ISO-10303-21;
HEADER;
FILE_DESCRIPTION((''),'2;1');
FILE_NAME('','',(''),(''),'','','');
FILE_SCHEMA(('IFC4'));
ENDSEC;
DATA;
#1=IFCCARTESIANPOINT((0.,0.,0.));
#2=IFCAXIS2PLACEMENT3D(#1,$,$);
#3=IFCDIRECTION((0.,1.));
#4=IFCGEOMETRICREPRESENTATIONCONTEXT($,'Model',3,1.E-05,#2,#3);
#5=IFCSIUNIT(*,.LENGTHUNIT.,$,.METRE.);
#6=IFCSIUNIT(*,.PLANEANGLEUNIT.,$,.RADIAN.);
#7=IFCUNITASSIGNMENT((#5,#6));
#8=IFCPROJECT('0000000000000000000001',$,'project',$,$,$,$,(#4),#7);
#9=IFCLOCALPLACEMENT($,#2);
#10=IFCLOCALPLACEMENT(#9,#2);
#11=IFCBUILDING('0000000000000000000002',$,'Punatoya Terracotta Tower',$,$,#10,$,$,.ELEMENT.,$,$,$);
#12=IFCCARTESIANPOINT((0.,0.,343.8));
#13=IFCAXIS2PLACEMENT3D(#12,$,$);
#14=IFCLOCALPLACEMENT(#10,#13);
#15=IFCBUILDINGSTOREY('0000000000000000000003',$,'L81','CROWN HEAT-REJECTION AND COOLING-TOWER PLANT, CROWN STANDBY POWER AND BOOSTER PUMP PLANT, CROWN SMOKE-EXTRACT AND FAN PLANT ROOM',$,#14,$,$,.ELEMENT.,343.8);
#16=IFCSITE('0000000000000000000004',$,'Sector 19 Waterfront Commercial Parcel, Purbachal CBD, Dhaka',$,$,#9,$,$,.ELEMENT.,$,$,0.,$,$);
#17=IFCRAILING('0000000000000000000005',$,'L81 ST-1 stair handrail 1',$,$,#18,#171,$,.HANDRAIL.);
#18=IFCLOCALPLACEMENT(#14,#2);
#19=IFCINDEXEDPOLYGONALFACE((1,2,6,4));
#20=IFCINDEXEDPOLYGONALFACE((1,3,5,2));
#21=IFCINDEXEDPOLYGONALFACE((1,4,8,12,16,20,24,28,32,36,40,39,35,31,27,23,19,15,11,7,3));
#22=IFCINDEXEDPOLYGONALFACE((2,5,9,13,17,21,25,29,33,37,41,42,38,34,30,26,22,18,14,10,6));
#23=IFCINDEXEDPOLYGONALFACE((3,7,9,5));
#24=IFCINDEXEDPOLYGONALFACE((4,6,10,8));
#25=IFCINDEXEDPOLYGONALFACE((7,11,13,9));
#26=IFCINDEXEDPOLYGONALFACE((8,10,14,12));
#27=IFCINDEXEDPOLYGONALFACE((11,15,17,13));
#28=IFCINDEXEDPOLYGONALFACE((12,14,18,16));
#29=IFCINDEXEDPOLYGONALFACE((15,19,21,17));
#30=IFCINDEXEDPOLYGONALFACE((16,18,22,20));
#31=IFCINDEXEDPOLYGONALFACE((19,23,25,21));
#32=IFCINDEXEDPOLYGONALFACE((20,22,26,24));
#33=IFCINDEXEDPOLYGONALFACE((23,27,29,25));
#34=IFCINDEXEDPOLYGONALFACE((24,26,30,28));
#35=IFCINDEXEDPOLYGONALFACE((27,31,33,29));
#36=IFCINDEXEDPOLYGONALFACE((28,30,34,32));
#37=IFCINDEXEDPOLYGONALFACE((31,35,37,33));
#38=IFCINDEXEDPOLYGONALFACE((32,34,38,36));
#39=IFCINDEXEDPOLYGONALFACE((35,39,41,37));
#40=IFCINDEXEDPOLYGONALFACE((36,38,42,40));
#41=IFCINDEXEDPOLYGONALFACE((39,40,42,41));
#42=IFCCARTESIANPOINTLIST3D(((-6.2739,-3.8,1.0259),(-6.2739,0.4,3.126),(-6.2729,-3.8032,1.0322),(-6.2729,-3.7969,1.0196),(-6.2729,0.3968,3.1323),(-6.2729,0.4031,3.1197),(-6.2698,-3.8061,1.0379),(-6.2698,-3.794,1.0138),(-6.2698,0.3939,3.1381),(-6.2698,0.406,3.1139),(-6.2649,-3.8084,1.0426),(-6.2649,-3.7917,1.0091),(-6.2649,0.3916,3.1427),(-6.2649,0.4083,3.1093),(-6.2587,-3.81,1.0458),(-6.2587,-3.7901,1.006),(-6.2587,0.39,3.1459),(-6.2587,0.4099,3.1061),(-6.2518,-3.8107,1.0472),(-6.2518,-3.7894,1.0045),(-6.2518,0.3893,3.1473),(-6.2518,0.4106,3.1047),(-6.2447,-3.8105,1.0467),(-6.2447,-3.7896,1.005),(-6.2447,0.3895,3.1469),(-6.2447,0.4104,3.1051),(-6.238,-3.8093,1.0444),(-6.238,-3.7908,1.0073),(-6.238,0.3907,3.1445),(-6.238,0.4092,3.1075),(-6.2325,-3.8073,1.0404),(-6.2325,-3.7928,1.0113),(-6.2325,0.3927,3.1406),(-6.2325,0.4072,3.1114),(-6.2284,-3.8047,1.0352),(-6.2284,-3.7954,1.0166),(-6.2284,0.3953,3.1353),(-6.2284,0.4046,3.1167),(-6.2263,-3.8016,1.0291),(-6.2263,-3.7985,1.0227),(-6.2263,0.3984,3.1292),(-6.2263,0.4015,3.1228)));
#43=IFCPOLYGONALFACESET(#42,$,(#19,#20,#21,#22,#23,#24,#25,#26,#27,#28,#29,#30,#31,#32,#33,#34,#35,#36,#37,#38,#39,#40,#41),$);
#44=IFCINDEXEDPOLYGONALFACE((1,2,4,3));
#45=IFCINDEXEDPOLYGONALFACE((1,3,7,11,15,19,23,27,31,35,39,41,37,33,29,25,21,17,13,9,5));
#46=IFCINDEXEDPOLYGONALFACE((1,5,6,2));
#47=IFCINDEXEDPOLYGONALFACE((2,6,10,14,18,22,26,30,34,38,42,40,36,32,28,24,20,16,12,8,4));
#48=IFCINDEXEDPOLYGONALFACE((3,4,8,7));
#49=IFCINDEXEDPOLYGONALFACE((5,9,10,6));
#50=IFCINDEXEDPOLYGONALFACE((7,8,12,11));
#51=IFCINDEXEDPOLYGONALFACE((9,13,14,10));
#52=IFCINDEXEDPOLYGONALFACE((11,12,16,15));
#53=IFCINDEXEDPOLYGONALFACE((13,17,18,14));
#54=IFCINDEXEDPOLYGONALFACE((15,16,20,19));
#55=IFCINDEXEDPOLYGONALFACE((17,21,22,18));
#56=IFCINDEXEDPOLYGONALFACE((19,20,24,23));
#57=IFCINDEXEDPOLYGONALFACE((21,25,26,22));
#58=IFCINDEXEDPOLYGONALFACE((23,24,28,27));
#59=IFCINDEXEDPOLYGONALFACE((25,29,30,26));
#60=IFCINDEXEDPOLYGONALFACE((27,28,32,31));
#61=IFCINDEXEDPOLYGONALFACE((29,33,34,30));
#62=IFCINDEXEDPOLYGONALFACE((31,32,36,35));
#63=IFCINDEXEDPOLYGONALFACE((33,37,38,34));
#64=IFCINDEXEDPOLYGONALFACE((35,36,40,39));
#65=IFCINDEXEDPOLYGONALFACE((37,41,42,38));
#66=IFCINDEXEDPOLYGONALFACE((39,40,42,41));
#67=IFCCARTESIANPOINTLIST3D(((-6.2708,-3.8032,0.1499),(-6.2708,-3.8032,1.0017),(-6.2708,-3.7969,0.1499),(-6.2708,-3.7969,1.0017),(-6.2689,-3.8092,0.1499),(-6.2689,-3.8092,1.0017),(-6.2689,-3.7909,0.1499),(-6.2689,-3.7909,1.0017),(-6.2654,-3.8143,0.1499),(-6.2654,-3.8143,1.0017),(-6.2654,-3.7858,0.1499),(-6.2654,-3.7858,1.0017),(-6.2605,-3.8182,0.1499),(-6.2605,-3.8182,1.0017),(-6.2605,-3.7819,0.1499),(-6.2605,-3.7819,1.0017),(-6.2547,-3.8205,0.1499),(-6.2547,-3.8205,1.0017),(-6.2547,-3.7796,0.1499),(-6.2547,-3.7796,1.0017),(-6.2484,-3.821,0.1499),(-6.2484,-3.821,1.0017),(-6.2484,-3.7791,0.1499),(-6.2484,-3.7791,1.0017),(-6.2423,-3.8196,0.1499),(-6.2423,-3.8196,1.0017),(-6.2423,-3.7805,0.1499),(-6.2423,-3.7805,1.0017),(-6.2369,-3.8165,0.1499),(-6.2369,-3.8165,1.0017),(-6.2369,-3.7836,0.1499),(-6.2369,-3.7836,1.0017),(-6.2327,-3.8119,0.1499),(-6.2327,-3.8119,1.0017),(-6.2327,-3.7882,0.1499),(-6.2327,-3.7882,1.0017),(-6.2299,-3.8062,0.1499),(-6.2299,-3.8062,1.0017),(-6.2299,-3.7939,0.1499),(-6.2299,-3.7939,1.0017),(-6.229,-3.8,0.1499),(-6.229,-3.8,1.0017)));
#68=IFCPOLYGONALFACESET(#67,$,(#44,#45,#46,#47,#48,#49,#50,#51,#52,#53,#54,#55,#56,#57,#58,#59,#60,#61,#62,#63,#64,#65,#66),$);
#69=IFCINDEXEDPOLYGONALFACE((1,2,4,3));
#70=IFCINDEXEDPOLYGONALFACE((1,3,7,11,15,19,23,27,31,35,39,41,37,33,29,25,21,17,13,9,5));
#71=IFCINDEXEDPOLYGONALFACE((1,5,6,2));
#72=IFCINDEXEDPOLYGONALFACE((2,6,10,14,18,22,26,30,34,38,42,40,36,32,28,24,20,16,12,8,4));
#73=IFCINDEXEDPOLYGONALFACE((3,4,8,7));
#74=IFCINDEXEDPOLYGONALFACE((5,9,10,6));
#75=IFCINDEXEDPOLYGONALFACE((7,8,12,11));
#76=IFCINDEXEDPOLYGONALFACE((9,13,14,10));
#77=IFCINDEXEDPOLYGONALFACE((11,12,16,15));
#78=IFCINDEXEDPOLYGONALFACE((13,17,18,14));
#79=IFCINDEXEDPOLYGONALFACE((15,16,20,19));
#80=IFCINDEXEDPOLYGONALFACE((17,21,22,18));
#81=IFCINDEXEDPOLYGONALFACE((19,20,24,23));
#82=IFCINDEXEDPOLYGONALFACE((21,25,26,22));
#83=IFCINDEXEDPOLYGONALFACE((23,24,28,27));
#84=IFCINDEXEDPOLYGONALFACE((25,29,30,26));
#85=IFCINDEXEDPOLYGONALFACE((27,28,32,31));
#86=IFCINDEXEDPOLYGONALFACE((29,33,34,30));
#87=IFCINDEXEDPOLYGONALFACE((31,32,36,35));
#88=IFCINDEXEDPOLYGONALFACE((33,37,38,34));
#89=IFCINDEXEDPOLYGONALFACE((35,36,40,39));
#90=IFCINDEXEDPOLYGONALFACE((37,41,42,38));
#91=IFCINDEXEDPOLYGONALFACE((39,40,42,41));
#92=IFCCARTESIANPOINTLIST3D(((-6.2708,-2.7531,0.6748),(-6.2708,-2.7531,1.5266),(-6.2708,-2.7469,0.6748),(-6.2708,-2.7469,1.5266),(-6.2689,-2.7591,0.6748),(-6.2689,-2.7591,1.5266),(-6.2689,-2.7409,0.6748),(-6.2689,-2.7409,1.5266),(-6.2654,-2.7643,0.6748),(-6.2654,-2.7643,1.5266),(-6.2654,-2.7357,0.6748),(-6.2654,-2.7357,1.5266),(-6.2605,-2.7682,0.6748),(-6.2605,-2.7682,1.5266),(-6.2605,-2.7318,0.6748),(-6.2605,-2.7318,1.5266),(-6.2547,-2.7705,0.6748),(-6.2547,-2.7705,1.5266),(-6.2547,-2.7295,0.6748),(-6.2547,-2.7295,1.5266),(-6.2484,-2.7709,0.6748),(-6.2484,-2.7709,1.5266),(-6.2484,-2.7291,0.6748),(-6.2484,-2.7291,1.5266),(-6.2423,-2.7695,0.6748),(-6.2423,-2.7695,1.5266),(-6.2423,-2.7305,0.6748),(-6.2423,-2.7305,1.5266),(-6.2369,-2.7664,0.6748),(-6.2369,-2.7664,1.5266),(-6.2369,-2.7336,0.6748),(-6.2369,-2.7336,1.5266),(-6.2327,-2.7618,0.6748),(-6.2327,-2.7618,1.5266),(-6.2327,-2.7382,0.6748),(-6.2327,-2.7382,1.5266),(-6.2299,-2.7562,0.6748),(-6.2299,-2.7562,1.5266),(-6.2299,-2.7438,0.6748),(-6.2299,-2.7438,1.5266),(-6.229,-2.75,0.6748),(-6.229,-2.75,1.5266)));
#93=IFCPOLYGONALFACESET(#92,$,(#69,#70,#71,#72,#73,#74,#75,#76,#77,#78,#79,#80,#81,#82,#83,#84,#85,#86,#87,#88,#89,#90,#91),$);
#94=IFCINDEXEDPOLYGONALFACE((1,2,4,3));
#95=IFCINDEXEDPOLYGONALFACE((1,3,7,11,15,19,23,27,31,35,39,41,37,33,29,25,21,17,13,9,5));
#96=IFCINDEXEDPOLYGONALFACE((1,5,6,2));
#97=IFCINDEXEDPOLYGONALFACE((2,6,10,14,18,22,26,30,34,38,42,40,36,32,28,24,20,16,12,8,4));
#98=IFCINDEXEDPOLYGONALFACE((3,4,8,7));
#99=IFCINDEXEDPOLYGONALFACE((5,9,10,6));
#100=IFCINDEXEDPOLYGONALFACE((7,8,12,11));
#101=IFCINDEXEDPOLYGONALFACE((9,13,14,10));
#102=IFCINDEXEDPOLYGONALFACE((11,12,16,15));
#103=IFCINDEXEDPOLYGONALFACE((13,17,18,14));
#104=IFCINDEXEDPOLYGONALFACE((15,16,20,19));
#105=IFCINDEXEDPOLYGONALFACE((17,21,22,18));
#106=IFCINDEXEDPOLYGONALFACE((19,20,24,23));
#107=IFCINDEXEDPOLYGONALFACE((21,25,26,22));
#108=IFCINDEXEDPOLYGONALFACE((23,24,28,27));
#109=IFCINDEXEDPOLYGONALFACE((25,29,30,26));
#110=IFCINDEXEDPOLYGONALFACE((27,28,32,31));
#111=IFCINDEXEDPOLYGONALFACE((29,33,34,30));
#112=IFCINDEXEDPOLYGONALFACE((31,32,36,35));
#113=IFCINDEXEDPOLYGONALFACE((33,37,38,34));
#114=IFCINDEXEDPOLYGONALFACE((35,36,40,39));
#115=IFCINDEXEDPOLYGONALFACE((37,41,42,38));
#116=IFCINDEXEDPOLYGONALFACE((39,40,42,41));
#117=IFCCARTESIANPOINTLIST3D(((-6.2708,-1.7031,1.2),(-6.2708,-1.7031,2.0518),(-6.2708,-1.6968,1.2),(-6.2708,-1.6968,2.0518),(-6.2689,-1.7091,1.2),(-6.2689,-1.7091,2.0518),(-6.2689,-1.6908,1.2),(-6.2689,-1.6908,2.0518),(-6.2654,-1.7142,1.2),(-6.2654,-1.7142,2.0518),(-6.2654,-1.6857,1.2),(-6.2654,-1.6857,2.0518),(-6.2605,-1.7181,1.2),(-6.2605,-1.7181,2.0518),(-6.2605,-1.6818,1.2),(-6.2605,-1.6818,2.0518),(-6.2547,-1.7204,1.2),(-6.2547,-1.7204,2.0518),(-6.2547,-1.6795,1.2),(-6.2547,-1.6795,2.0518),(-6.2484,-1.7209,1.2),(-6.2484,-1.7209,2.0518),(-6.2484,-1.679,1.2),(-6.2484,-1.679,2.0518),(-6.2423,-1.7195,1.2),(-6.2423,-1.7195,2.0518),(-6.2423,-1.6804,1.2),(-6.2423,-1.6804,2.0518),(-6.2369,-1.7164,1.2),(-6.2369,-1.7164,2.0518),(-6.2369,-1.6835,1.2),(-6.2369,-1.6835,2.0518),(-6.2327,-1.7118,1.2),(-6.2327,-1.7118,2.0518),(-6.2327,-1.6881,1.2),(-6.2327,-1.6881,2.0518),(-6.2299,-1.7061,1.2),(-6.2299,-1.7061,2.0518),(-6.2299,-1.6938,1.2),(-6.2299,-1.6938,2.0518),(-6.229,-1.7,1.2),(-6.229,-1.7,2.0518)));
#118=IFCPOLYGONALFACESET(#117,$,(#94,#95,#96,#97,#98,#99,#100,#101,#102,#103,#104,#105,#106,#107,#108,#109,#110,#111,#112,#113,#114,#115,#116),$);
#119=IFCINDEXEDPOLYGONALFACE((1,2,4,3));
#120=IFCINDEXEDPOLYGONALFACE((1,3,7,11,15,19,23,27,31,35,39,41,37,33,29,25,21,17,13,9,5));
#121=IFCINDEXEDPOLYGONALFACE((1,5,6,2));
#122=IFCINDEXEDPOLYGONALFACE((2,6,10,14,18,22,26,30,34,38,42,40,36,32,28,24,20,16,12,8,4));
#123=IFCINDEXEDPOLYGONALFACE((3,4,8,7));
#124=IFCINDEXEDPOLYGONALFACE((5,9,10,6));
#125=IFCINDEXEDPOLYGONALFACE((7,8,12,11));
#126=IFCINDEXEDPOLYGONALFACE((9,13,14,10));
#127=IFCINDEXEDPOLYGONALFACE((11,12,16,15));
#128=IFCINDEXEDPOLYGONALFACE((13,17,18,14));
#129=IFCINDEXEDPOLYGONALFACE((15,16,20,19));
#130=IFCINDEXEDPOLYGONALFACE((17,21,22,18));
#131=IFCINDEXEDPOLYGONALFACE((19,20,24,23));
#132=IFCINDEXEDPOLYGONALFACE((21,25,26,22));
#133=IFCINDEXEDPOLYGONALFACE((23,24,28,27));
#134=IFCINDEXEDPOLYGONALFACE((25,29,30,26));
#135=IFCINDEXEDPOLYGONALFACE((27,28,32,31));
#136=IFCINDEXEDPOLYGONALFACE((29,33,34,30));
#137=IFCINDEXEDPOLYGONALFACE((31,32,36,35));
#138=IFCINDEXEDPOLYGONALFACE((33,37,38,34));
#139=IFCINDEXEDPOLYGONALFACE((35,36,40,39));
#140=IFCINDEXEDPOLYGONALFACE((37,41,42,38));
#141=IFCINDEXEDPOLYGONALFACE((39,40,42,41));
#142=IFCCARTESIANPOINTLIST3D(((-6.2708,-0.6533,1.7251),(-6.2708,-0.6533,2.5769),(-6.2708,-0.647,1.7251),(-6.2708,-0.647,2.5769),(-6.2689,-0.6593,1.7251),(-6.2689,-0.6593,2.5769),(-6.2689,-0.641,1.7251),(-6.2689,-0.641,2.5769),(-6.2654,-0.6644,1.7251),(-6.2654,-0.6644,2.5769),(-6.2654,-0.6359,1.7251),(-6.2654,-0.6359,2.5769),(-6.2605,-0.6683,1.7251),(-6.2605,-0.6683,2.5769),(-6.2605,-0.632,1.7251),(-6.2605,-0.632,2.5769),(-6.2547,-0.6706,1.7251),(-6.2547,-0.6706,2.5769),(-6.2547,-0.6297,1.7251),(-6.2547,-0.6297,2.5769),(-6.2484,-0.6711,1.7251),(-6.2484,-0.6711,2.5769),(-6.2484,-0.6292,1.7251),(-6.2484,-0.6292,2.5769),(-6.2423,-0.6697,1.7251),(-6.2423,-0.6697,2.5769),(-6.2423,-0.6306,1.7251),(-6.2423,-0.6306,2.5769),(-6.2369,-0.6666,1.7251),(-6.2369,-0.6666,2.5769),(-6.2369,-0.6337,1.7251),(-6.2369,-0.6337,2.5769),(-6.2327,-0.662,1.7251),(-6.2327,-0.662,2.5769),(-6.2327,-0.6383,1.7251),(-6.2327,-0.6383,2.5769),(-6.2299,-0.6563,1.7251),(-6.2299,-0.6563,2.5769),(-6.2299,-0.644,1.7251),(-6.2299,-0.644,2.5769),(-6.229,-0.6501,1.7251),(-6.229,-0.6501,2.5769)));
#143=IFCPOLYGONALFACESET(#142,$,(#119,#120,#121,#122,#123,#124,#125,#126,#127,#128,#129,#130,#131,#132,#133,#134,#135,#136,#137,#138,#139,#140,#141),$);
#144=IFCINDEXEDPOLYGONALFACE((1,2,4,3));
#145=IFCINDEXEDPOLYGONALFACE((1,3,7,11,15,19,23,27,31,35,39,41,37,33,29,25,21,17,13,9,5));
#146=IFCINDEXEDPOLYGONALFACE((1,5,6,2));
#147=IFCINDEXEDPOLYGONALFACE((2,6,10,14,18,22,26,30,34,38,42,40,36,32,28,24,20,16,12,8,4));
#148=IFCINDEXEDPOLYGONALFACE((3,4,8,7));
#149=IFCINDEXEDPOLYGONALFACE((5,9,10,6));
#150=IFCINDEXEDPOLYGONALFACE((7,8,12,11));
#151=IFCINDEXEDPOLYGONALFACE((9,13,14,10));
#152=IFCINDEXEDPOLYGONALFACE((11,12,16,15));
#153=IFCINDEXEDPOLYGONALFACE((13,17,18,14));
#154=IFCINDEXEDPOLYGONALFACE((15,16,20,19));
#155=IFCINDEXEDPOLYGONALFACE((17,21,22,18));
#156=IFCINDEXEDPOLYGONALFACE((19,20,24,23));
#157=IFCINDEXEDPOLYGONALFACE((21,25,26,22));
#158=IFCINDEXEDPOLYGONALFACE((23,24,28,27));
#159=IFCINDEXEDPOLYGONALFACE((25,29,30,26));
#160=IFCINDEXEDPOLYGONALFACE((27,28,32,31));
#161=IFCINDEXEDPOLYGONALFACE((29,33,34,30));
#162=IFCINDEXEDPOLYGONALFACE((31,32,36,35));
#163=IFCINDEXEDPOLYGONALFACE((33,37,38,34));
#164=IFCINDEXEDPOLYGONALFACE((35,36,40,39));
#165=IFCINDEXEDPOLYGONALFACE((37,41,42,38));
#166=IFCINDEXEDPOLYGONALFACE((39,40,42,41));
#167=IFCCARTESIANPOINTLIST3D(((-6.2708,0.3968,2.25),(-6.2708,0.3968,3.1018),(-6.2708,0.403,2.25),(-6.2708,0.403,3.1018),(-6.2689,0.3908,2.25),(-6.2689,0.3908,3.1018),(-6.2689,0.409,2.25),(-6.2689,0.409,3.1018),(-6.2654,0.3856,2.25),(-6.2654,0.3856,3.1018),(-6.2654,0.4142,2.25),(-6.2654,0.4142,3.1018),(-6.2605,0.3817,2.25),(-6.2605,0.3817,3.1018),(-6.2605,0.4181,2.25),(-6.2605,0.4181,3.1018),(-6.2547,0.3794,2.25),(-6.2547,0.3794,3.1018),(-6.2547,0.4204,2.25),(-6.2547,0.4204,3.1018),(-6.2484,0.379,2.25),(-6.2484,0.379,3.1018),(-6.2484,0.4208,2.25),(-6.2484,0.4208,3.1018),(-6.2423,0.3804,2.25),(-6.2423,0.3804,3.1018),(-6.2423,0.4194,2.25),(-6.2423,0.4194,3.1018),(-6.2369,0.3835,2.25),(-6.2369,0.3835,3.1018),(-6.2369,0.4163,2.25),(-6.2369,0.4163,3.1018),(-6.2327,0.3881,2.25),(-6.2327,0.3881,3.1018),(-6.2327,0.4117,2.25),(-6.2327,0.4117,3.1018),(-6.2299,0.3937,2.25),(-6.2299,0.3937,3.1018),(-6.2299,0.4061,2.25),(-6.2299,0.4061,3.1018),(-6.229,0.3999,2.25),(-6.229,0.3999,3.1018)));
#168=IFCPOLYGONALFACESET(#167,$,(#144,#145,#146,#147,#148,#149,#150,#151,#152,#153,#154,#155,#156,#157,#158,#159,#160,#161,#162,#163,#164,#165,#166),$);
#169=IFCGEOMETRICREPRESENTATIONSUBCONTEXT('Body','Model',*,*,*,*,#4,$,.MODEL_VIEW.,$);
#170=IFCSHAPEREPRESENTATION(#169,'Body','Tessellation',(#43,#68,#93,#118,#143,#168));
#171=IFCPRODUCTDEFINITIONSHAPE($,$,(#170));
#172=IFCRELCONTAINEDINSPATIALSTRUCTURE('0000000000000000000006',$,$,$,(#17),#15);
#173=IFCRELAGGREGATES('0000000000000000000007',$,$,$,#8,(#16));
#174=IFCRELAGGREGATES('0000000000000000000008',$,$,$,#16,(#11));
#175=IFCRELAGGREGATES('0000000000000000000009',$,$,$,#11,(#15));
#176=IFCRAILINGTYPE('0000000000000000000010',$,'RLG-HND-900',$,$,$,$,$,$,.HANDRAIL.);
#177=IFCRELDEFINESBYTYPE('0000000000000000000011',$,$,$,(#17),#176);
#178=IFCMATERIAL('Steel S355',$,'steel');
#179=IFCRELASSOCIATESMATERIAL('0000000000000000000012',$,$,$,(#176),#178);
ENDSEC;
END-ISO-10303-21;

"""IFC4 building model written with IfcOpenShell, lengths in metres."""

from ifc_helpers import new_model, si_unit, direction, frame, origin, origin_2d, place, context, subcontext, project, spatial, circle, extrude, material, type_object, element, save


model = new_model("IFC4")

# Units and contexts
model_context = context("Model", 3, precision=1e-05, world=origin(), true_north=direction((0.0, 1.0)))
body_context = subcontext(model_context, "Body", "Model", "MODEL_VIEW")
ifc_project = project(units=[si_unit("LENGTHUNIT", "METRE"), si_unit("PLANEANGLEUNIT", "RADIAN")], contexts=[model_context])

# Site, building, storey
site_placement = place(None, origin())
site = spatial("IfcSite", under=ifc_project, at=site_placement, Name="Sector 19 Waterfront Commercial Parcel, Purbachal CBD, Dhaka", CompositionType="ELEMENT", RefElevation=0.0)
building_placement = place(site_placement, origin())
building = spatial("IfcBuilding", under=site, at=building_placement, Name="Punatoya Terracotta Tower", CompositionType="ELEMENT")
storey_placement = place(building_placement, frame((0.0, 0.0, 343.8)))
storey = spatial("IfcBuildingStorey", under=building, at=storey_placement, Name="L81", Description="CROWN HEAT-REJECTION AND COOLING-TOWER PLANT, CROWN STANDBY POWER AND BOOSTER PUMP PLANT, CROWN SMOKE-EXTRACT AND FAN PLANT ROOM", CompositionType="ELEMENT", Elevation=343.8)

# Railing
ifc_material_1 = material(Name="Steel S355", Category="steel")
railing_type_1 = type_object("IfcRailingType", Name="RLG-HND-900", PredefinedType="HANDRAIL", material=ifc_material_1)
railing_1_placement = place(storey_placement, frame((-6.25, -3.8, 0.1499)))
element("IfcRailing", 1, at=railing_1_placement, inside=storey, type_object=railing_type_1, Name="L81 ST-1 stair handrail 1", PredefinedType="HANDRAIL", context=body_context, shape_type="SweptSolid", body=[
    extrude(circle(Radius=0.0239, at=origin_2d()), frame((0.0, 0.0, 0.876), z_axis=(0.0, 0.894417, 0.447234), x_axis=(-1.0, 0.0, 0.0)), (0.0, 0.0, 1.0), 4.6958),
    extrude(circle(Radius=0.021, at=origin_2d()), origin(), (0.0, 0.0, 1.0), 0.8518),
    extrude(circle(Radius=0.021, at=origin_2d()), frame((0.0, 1.05, 0.5249)), (0.0, 0.0, 1.0), 0.8518),
    extrude(circle(Radius=0.021, at=origin_2d()), frame((0.0, 2.1001, 1.05)), (0.0, 0.0, 1.0), 0.8518),
    extrude(circle(Radius=0.021, at=origin_2d()), frame((0.0, 3.1499, 1.5752)), (0.0, 0.0, 1.0), 0.8518),
    extrude(circle(Radius=0.021, at=origin_2d()), frame((0.0, 4.2, 2.1001)), (0.0, 0.0, 1.0), 0.8518),
])

save(model, "model.ifc")
